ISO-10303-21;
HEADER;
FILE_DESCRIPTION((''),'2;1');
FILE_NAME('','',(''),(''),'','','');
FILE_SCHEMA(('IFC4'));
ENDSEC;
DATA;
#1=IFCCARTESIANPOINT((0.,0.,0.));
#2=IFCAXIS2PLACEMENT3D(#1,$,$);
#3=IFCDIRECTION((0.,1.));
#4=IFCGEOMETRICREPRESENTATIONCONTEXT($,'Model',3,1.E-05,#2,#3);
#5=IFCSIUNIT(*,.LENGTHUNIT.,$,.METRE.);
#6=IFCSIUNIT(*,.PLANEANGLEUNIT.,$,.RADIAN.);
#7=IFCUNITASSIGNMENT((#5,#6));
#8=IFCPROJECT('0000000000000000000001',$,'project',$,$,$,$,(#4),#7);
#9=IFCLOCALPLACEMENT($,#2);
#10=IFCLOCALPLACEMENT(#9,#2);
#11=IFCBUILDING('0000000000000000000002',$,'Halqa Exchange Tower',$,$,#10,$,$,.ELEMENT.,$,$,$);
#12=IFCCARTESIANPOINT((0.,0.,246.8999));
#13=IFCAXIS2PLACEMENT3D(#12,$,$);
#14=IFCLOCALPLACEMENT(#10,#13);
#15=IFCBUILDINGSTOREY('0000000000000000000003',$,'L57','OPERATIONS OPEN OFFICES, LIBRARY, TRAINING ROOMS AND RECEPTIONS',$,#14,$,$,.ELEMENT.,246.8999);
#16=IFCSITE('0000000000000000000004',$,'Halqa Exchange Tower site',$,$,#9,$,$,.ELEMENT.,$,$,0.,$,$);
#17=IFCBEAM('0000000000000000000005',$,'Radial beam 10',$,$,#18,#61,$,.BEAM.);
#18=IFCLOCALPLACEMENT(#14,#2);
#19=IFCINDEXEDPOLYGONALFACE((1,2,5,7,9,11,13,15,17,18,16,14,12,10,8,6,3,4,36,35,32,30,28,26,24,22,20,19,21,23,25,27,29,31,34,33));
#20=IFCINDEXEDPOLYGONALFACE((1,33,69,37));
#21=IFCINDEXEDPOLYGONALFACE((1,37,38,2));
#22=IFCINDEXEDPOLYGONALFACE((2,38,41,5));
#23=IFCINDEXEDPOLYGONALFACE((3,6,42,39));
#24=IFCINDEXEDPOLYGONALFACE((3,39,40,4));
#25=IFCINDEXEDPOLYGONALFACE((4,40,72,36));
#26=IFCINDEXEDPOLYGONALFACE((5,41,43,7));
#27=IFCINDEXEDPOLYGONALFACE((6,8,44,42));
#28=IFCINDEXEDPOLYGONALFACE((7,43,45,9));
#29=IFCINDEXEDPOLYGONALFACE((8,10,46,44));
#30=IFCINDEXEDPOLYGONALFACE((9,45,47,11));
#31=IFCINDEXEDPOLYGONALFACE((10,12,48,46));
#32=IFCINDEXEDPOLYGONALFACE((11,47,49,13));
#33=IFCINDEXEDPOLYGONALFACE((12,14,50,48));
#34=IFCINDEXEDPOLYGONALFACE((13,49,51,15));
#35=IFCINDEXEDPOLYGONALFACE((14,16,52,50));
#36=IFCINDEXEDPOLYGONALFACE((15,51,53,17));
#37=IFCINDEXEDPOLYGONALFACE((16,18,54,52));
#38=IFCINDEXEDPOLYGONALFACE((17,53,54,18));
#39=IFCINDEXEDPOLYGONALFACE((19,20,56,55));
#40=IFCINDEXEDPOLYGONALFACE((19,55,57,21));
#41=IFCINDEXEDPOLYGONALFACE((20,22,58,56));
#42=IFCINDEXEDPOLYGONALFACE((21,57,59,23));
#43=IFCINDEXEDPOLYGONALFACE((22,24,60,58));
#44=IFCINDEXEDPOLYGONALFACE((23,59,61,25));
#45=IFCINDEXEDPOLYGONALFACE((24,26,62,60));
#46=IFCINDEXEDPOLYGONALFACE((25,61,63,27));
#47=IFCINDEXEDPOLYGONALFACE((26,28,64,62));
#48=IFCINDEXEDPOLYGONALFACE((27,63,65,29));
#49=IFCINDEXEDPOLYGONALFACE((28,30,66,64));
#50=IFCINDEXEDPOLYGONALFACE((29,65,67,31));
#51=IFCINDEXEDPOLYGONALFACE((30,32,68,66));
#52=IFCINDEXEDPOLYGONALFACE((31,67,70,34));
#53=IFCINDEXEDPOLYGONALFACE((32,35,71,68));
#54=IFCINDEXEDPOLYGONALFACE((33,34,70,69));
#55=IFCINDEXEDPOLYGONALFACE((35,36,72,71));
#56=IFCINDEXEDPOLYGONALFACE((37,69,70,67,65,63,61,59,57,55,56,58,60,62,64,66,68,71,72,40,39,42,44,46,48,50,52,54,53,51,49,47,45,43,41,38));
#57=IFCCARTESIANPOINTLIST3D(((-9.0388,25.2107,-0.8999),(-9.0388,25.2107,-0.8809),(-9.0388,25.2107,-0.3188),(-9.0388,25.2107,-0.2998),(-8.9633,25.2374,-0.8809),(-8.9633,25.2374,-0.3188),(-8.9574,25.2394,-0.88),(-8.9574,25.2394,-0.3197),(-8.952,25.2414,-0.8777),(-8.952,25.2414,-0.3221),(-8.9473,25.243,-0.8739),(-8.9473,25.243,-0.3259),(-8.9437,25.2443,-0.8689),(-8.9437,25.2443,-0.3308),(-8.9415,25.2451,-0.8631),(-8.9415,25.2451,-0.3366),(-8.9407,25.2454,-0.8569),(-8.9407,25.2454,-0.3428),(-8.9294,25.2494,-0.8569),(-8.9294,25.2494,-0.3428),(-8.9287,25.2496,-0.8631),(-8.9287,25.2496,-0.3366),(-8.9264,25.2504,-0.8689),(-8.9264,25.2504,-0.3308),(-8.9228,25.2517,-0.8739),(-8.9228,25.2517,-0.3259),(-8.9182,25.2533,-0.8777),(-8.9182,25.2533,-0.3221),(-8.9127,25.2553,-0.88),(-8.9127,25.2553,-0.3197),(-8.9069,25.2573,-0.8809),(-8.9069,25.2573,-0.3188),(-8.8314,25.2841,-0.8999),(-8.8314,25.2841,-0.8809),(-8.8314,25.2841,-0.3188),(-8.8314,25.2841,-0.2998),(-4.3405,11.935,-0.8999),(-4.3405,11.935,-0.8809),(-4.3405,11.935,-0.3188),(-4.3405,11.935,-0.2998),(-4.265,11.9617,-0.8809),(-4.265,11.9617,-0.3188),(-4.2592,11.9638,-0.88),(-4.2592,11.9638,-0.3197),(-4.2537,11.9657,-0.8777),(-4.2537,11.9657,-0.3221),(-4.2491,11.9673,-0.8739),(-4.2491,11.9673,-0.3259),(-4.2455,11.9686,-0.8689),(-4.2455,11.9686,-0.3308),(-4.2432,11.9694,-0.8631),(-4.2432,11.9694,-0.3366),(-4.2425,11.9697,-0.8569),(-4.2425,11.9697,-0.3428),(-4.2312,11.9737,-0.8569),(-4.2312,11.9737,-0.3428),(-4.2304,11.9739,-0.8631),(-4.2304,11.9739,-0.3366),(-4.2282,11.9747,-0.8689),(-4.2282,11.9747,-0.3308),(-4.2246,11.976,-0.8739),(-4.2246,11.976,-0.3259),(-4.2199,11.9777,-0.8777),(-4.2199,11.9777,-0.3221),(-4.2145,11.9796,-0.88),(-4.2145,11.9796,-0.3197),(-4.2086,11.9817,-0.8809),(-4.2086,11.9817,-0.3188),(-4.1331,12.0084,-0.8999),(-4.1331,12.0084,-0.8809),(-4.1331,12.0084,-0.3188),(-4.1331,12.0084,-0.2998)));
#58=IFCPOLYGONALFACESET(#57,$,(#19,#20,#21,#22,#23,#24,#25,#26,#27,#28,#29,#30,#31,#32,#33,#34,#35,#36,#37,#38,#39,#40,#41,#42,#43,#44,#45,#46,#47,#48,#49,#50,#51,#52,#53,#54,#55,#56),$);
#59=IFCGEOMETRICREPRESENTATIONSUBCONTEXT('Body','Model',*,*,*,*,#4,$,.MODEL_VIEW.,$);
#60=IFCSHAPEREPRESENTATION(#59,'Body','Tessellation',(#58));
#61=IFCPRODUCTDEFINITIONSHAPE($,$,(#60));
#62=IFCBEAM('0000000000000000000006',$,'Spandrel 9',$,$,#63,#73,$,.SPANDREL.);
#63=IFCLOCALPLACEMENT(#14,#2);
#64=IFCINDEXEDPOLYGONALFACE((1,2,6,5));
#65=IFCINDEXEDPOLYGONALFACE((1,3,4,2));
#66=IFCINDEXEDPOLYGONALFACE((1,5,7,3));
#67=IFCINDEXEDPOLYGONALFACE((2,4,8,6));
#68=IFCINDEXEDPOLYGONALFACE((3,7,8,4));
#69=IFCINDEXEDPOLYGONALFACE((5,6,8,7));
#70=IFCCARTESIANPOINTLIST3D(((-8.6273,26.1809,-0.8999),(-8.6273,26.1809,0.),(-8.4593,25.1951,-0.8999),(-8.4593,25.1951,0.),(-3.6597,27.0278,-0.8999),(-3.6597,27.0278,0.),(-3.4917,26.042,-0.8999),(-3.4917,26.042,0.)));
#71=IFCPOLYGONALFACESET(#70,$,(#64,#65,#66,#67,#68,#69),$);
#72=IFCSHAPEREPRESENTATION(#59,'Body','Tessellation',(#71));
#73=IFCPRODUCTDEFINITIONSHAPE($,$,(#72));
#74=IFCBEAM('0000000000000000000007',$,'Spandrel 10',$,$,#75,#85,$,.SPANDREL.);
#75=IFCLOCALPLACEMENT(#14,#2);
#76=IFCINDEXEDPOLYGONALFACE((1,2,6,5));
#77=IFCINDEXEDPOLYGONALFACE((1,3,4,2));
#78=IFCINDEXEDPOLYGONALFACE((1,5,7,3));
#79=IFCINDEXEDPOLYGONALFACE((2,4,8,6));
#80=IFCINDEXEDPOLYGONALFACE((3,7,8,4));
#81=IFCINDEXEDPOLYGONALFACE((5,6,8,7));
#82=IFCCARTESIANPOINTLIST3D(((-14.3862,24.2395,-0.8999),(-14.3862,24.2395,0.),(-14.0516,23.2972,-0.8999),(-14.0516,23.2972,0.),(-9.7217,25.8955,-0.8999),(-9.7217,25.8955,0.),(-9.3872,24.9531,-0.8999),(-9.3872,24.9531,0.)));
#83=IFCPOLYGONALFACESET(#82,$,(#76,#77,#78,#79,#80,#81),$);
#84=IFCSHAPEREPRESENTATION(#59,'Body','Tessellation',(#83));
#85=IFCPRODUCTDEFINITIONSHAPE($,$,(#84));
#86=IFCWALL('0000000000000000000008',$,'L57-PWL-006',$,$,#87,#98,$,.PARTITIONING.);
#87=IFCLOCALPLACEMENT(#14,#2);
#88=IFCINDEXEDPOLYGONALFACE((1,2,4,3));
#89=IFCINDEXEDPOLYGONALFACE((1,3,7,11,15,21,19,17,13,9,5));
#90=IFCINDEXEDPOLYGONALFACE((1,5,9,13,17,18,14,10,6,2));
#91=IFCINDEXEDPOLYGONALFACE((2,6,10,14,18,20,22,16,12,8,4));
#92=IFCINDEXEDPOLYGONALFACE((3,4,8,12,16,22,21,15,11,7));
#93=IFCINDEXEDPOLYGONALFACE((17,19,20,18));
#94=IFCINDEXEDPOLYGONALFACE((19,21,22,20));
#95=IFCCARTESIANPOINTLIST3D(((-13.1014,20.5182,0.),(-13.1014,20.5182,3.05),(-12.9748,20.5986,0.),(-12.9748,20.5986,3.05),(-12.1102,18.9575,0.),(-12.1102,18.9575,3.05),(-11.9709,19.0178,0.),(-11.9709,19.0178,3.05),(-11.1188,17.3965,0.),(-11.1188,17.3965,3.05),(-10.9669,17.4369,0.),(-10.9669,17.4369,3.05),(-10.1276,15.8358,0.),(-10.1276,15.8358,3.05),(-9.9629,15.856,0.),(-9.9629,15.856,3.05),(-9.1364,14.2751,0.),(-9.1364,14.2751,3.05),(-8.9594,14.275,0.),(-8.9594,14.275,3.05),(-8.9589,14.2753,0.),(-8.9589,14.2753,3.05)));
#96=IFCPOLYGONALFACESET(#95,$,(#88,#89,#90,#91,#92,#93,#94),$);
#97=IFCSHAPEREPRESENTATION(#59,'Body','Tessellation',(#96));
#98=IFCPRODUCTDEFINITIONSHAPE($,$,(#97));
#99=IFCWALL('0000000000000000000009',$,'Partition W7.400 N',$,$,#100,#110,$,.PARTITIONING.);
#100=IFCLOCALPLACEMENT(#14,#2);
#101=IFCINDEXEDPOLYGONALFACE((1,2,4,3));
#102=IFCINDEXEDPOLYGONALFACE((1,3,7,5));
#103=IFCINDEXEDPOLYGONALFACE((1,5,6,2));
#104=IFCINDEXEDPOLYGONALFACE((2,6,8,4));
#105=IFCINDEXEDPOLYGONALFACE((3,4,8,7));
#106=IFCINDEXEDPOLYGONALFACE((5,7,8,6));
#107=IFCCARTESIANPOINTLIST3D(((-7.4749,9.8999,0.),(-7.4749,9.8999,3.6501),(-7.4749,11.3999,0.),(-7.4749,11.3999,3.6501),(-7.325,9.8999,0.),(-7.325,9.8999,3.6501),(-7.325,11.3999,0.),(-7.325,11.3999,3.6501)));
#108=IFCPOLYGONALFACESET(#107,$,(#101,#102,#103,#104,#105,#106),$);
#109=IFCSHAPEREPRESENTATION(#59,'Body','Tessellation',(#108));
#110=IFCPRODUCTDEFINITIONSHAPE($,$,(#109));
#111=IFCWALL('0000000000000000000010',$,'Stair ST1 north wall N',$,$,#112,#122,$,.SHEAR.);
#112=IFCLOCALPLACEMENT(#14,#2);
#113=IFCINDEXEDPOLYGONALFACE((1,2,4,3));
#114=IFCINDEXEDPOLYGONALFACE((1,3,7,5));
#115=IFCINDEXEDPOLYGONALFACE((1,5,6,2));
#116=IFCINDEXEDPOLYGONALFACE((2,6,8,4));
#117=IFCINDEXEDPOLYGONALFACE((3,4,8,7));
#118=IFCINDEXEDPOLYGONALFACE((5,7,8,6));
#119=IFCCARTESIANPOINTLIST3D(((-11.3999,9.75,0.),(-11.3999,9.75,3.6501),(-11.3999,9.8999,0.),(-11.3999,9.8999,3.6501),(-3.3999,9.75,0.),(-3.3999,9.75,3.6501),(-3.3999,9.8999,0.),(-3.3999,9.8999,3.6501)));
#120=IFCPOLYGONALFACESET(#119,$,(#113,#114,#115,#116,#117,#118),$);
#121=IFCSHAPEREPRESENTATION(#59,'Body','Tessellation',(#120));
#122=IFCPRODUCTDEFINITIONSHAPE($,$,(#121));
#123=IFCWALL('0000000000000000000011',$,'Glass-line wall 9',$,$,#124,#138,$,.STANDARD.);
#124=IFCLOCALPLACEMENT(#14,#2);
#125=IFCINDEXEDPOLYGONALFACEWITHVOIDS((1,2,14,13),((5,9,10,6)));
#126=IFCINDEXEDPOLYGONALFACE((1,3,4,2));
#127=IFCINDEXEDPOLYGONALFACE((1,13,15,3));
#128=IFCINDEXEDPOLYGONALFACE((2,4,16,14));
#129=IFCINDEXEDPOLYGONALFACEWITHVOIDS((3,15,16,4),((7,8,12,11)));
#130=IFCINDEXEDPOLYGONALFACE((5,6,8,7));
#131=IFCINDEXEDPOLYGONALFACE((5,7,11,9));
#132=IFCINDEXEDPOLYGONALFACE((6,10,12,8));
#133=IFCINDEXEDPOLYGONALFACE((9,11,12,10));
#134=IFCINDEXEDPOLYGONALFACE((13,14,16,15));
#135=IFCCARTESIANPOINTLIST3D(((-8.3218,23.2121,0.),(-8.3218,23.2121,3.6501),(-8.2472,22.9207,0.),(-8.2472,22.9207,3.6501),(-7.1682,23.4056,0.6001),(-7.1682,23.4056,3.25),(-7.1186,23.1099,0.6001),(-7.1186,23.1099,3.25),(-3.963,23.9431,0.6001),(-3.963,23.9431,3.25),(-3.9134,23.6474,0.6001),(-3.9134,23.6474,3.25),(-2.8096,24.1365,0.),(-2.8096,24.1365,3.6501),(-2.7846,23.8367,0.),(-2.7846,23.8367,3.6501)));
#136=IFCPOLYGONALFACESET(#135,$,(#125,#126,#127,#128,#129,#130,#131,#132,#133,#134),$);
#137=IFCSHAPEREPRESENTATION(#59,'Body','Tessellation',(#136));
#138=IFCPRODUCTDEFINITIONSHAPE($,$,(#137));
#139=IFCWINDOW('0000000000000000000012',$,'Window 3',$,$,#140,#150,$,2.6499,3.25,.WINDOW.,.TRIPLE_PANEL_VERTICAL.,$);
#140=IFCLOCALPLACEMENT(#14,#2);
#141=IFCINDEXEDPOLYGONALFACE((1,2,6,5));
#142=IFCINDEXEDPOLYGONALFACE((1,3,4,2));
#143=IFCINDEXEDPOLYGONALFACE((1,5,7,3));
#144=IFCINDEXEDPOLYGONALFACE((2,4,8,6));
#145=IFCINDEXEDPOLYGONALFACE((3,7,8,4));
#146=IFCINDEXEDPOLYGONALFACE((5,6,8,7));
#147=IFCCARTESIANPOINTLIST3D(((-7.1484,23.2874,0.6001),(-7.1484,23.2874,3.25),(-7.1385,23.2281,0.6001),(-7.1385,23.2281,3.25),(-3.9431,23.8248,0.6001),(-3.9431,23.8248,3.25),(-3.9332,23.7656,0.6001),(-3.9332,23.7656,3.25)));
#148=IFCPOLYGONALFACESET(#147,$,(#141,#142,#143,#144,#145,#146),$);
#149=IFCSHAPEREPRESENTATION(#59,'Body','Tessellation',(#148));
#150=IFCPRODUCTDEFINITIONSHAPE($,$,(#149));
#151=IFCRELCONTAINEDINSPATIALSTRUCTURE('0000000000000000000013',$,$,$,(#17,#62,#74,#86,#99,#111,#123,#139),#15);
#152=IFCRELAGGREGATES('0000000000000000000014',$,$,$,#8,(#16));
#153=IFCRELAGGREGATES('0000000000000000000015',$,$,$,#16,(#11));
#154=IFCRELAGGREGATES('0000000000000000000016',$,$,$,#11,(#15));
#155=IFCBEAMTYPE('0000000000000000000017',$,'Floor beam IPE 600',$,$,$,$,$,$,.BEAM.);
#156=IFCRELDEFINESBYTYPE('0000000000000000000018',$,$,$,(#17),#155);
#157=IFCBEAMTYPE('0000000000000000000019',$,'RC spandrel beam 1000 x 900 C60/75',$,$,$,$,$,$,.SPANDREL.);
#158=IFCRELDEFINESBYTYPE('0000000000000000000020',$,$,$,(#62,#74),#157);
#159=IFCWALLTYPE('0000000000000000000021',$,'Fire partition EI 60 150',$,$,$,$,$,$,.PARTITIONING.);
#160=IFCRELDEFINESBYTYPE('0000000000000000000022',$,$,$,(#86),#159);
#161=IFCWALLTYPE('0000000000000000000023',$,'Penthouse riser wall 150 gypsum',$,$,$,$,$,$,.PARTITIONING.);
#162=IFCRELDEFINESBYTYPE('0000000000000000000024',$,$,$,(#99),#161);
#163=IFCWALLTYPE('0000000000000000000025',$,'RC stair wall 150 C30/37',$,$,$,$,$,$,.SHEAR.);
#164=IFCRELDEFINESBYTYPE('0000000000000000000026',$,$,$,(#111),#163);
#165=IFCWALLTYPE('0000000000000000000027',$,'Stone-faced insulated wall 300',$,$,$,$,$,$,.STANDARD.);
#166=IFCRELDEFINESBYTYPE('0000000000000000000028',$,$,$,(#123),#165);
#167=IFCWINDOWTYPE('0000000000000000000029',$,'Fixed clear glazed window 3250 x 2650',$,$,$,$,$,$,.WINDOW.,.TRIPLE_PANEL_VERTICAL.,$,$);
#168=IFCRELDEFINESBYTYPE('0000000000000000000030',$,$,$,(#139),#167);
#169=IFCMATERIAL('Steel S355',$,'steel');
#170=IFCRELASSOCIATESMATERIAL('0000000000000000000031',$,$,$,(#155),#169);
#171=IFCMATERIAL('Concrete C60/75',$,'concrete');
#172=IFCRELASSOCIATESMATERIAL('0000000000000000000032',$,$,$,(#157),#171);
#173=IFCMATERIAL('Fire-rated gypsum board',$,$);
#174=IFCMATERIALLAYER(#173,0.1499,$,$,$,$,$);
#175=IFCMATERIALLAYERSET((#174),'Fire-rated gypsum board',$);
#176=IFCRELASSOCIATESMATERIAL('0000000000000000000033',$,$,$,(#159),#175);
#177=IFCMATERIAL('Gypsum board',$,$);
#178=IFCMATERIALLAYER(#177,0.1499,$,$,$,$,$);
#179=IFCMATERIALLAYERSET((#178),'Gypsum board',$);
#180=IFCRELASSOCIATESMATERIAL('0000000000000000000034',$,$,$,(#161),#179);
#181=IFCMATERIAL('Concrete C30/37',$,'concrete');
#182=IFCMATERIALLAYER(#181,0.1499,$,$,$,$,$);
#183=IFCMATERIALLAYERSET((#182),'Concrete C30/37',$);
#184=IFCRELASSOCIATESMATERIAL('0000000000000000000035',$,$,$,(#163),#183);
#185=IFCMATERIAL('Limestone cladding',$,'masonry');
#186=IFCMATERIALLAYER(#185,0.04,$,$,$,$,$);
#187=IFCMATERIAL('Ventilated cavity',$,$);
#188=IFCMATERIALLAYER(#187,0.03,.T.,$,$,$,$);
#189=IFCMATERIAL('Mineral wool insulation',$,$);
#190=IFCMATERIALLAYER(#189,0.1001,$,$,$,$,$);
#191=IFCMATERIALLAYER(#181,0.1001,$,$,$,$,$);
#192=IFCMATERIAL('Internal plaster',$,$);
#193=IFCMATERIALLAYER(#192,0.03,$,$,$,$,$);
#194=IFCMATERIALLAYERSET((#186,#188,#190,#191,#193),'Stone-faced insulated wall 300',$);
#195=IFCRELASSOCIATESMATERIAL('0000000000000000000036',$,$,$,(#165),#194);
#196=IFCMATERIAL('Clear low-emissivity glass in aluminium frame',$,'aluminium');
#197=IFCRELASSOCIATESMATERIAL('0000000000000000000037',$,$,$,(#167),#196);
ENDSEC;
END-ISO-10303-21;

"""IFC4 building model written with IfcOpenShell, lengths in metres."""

from ifc_helpers import new_model, si_unit, direction, frame, frame_2d, origin, origin_2d, place, context, subcontext, project, spatial, polyline, rectangle, i_section, outline, extrude, material, layer, layer_set, material_profile, profile_set, type_object, element, fill, save


model = new_model("IFC4")

# Units and contexts
model_context = context("Model", 3, precision=1e-05, world=origin(), true_north=direction((0.0, 1.0)))
body_context = subcontext(model_context, "Body", "Model", "MODEL_VIEW")
ifc_project = project(units=[si_unit("LENGTHUNIT", "METRE"), si_unit("PLANEANGLEUNIT", "RADIAN")], contexts=[model_context])

# Site, building, storey
site_placement = place(None, origin())
site = spatial("IfcSite", under=ifc_project, at=site_placement, Name="Halqa Exchange Tower site", CompositionType="ELEMENT", RefElevation=0.0)
building_placement = place(site_placement, origin())
building = spatial("IfcBuilding", under=site, at=building_placement, Name="Halqa Exchange Tower", CompositionType="ELEMENT")
storey_placement = place(building_placement, frame((0.0, 0.0, 246.8999)))
storey = spatial("IfcBuildingStorey", under=building, at=storey_placement, Name="L57", Description="OPERATIONS OPEN OFFICES, LIBRARY, TRAINING ROOMS AND RECEPTIONS", CompositionType="ELEMENT", Elevation=246.8999)

# Shared definitions
ifc_material_1 = material(Name="Concrete C60/75", Category="concrete")

# Beams
ifc_material_2 = material(Name="Steel S355", Category="steel")
ifc_material_profile_1 = material_profile(ifc_material_2, i_section(OverallWidth=0.22, OverallDepth=0.6001, WebThickness=0.012, FlangeThickness=0.019, FilletRadius=0.0239, at=origin_2d()), Name="IPE 600")
ifc_profile_set_1 = profile_set([ifc_material_profile_1], Name="Steel S355")
beam_type_1 = type_object("IfcBeamType", Name="Floor beam IPE 600", PredefinedType="BEAM", material=ifc_profile_set_1)
beam_1_placement = place(storey_placement, frame((-4.2368, 11.9717, -0.5999), z_axis=(-0.333623, 0.942706, 0.0), x_axis=(-0.942706, -0.333623, 0.0)))
element("IfcBeam", 1, at=beam_1_placement, inside=storey, type_object=beam_type_1, Name="Radial beam 10", PredefinedType="BEAM", context=body_context, shape_type="SweptSolid", body=[
    extrude(i_section(OverallWidth=0.22, OverallDepth=0.6001, WebThickness=0.012, FlangeThickness=0.019, FilletRadius=0.0239, at=origin_2d()), origin(), (0.0, 0.0, 1.0), 14.0825),
])
ifc_material_profile_2 = material_profile(ifc_material_1, rectangle(XDim=1.0, YDim=0.8999, at=origin_2d()), Name="1000 x 900")
ifc_profile_set_2 = profile_set([ifc_material_profile_2], Name="Concrete C60/75")
beam_type_2 = type_object("IfcBeamType", Name="RC spandrel beam 1000 x 900 C60/75", PredefinedType="SPANDREL", material=ifc_profile_set_2)
beam_2_placement = place(storey_placement, frame((-3.5757, 26.5349, -0.45), z_axis=(-0.985776, -0.168067, 0.0), x_axis=(0.168067, -0.985776, 0.0)))
element("IfcBeam", 2, at=beam_2_placement, inside=storey, type_object=beam_type_2, Name="Spandrel 9", PredefinedType="SPANDREL", context=body_context, shape_type="SweptSolid", body=[
    extrude(rectangle(XDim=1.0, YDim=0.8999, at=origin_2d()), origin(), (0.0, 0.0, 1.0), 5.0393),
])
beam_3_placement = place(storey_placement, frame((-9.5544, 25.4243, -0.45), z_axis=(-0.942374, -0.334561, 0.0), x_axis=(0.334561, -0.942374, 0.0)))
element("IfcBeam", 3, at=beam_3_placement, inside=storey, type_object=beam_type_2, Name="Spandrel 10", PredefinedType="SPANDREL", context=body_context, shape_type="SweptSolid", body=[
    extrude(rectangle(XDim=1.0, YDim=0.8999, at=origin_2d()), origin(), (0.0, 0.0, 1.0), 4.9497),
])

# Walls
ifc_material_3 = material(Name="Fire-rated gypsum board")
ifc_layer_1 = layer(ifc_material_3, 0.1499)
ifc_layer_set_1 = layer_set([ifc_layer_1], Name="Fire-rated gypsum board")
wall_type_1 = type_object("IfcWallType", Name="Fire partition EI 60 150", PredefinedType="PARTITIONING", material=ifc_layer_set_1)
wall_1_placement = place(storey_placement, frame((-9.0222, 14.2351, 0.0), z_axis=(0.0, 0.0, 1.0), x_axis=(-0.536114, 0.844146, 0.0)))
element("IfcWall", 4, at=wall_1_placement, inside=storey, type_object=wall_type_1, Name="L57-PWL-006", PredefinedType="PARTITIONING", context=body_context, shape_type="SweptSolid", body=[
    extrude(outline(polyline([(7.4907, 0.075), (5.6418, 0.075), (3.7927, 0.075), (1.9438, 0.075), (0.095, 0.075), (0.0, -0.0745), (0.0, -0.075), (1.8726, -0.075), (3.7454, -0.075), (5.6182, -0.075), (7.4907, -0.075), (7.4907, 0.075)])), origin(), (0.0, 0.0, 1.0), 3.05),
])
ifc_material_4 = material(Name="Gypsum board")
ifc_layer_2 = layer(ifc_material_4, 0.1499)
ifc_layer_set_2 = layer_set([ifc_layer_2], Name="Gypsum board")
wall_type_2 = type_object("IfcWallType", Name="Penthouse riser wall 150 gypsum", PredefinedType="PARTITIONING", material=ifc_layer_set_2)
wall_2_placement = place(storey_placement, frame((-7.3999, 9.8999, 0.0), z_axis=(0.0, 0.0, 1.0), x_axis=(0.0, 1.0, 0.0)))
element("IfcWall", 5, at=wall_2_placement, inside=storey, type_object=wall_type_2, Name="Partition W7.400 N", PredefinedType="PARTITIONING", context=body_context, shape_type="SweptSolid", body=[
    extrude(rectangle(XDim=1.5, YDim=0.1499, at=frame_2d((0.75, 0.0))), origin(), (0.0, 0.0, 1.0), 3.6501),
])
ifc_material_5 = material(Name="Concrete C30/37", Category="concrete")
ifc_layer_3 = layer(ifc_material_5, 0.1499)
ifc_layer_set_3 = layer_set([ifc_layer_3], Name="Concrete C30/37")
wall_type_3 = type_object("IfcWallType", Name="RC stair wall 150 C30/37", PredefinedType="SHEAR", material=ifc_layer_set_3)
wall_3_placement = place(storey_placement, frame((-11.3999, 9.825, 0.0), z_axis=(0.0, 0.0, 1.0), x_axis=(1.0, 0.0, 0.0)))
element("IfcWall", 6, at=wall_3_placement, inside=storey, type_object=wall_type_3, Name="Stair ST1 north wall N", PredefinedType="SHEAR", context=body_context, shape_type="SweptSolid", body=[
    extrude(rectangle(XDim=8.0, YDim=0.1499, at=frame_2d((4.0, 0.0))), origin(), (0.0, 0.0, 1.0), 3.6501),
])

# Wall, opening, window
ifc_material_6 = material(Name="Limestone cladding", Category="masonry")
ifc_layer_4 = layer(ifc_material_6, 0.04)
ifc_material_7 = material(Name="Ventilated cavity")
ifc_layer_5 = layer(ifc_material_7, 0.03, ventilated=True)
ifc_material_8 = material(Name="Mineral wool insulation")
ifc_layer_6 = layer(ifc_material_8, 0.1001)
ifc_layer_7 = layer(ifc_material_5, 0.1001)
ifc_material_9 = material(Name="Internal plaster")
ifc_layer_8 = layer(ifc_material_9, 0.03)
ifc_layer_set_4 = layer_set([ifc_layer_4, ifc_layer_5, ifc_layer_6, ifc_layer_7, ifc_layer_8], Name="Stone-faced insulated wall 300")
wall_type_4 = type_object("IfcWallType", Name="Stone-faced insulated wall 300", PredefinedType="STANDARD", material=ifc_layer_set_4)
wall_4_placement = place(storey_placement, frame((-2.7971, 23.9866, 0.0), z_axis=(0.0, 0.0, 1.0), x_axis=(-0.98623, -0.165381, 0.0)))
wall_4 = element("IfcWall", 7, at=wall_4_placement, inside=storey, type_object=wall_type_4, Name="Glass-line wall 9", PredefinedType="STANDARD", context=body_context, shape_type="SweptSolid", body=[
    extrude(outline(polyline([(-0.0125, -0.1499), (5.5767, -0.1499), (5.5513, 0.1499), (0.0125, 0.1499), (-0.0125, -0.1499)])), origin(), (0.0, 0.0, 1.0), 3.6501),
])
opening_1_placement = place(wall_4_placement, frame((1.157, 0.0, 0.6001)))
opening_1 = element("IfcOpeningElement", 8, at=opening_1_placement, cuts=wall_4, PredefinedType="OPENING", context=body_context, shape_type="SweptSolid", body=[
    extrude(rectangle(XDim=3.25, YDim=2.6499, at=frame_2d((1.625, 1.325))), frame((0.0, 0.1621, 0.0), z_axis=(0.0, -1.0, 0.0), x_axis=(1.0, 0.0, 0.0)), (0.0, 0.0, 1.0), 0.324),
])
ifc_material_10 = material(Name="Clear low-emissivity glass in aluminium frame", Category="aluminium")
window_type = type_object("IfcWindowType", Name="Fixed clear glazed window 3250 x 2650", PartitioningType="TRIPLE_PANEL_VERTICAL", PredefinedType="WINDOW", material=ifc_material_10)
window_1_placement = place(opening_1_placement, origin())
window_1 = element("IfcWindow", 9, at=window_1_placement, inside=storey, type_object=window_type, Name="Window 3", OverallHeight=2.6499, OverallWidth=3.25, PartitioningType="TRIPLE_PANEL_VERTICAL", PredefinedType="WINDOW", context=body_context, shape_type="SweptSolid", body=[
    extrude(rectangle(XDim=3.25, YDim=2.6499, at=frame_2d((1.625, 1.325))), frame((0.0, 0.03, 0.0), z_axis=(0.0, -1.0, 0.0), x_axis=(1.0, 0.0, 0.0)), (0.0, 0.0, 1.0), 0.0601),
])
fill(opening_1, window_1)

save(model, "model.ifc")
